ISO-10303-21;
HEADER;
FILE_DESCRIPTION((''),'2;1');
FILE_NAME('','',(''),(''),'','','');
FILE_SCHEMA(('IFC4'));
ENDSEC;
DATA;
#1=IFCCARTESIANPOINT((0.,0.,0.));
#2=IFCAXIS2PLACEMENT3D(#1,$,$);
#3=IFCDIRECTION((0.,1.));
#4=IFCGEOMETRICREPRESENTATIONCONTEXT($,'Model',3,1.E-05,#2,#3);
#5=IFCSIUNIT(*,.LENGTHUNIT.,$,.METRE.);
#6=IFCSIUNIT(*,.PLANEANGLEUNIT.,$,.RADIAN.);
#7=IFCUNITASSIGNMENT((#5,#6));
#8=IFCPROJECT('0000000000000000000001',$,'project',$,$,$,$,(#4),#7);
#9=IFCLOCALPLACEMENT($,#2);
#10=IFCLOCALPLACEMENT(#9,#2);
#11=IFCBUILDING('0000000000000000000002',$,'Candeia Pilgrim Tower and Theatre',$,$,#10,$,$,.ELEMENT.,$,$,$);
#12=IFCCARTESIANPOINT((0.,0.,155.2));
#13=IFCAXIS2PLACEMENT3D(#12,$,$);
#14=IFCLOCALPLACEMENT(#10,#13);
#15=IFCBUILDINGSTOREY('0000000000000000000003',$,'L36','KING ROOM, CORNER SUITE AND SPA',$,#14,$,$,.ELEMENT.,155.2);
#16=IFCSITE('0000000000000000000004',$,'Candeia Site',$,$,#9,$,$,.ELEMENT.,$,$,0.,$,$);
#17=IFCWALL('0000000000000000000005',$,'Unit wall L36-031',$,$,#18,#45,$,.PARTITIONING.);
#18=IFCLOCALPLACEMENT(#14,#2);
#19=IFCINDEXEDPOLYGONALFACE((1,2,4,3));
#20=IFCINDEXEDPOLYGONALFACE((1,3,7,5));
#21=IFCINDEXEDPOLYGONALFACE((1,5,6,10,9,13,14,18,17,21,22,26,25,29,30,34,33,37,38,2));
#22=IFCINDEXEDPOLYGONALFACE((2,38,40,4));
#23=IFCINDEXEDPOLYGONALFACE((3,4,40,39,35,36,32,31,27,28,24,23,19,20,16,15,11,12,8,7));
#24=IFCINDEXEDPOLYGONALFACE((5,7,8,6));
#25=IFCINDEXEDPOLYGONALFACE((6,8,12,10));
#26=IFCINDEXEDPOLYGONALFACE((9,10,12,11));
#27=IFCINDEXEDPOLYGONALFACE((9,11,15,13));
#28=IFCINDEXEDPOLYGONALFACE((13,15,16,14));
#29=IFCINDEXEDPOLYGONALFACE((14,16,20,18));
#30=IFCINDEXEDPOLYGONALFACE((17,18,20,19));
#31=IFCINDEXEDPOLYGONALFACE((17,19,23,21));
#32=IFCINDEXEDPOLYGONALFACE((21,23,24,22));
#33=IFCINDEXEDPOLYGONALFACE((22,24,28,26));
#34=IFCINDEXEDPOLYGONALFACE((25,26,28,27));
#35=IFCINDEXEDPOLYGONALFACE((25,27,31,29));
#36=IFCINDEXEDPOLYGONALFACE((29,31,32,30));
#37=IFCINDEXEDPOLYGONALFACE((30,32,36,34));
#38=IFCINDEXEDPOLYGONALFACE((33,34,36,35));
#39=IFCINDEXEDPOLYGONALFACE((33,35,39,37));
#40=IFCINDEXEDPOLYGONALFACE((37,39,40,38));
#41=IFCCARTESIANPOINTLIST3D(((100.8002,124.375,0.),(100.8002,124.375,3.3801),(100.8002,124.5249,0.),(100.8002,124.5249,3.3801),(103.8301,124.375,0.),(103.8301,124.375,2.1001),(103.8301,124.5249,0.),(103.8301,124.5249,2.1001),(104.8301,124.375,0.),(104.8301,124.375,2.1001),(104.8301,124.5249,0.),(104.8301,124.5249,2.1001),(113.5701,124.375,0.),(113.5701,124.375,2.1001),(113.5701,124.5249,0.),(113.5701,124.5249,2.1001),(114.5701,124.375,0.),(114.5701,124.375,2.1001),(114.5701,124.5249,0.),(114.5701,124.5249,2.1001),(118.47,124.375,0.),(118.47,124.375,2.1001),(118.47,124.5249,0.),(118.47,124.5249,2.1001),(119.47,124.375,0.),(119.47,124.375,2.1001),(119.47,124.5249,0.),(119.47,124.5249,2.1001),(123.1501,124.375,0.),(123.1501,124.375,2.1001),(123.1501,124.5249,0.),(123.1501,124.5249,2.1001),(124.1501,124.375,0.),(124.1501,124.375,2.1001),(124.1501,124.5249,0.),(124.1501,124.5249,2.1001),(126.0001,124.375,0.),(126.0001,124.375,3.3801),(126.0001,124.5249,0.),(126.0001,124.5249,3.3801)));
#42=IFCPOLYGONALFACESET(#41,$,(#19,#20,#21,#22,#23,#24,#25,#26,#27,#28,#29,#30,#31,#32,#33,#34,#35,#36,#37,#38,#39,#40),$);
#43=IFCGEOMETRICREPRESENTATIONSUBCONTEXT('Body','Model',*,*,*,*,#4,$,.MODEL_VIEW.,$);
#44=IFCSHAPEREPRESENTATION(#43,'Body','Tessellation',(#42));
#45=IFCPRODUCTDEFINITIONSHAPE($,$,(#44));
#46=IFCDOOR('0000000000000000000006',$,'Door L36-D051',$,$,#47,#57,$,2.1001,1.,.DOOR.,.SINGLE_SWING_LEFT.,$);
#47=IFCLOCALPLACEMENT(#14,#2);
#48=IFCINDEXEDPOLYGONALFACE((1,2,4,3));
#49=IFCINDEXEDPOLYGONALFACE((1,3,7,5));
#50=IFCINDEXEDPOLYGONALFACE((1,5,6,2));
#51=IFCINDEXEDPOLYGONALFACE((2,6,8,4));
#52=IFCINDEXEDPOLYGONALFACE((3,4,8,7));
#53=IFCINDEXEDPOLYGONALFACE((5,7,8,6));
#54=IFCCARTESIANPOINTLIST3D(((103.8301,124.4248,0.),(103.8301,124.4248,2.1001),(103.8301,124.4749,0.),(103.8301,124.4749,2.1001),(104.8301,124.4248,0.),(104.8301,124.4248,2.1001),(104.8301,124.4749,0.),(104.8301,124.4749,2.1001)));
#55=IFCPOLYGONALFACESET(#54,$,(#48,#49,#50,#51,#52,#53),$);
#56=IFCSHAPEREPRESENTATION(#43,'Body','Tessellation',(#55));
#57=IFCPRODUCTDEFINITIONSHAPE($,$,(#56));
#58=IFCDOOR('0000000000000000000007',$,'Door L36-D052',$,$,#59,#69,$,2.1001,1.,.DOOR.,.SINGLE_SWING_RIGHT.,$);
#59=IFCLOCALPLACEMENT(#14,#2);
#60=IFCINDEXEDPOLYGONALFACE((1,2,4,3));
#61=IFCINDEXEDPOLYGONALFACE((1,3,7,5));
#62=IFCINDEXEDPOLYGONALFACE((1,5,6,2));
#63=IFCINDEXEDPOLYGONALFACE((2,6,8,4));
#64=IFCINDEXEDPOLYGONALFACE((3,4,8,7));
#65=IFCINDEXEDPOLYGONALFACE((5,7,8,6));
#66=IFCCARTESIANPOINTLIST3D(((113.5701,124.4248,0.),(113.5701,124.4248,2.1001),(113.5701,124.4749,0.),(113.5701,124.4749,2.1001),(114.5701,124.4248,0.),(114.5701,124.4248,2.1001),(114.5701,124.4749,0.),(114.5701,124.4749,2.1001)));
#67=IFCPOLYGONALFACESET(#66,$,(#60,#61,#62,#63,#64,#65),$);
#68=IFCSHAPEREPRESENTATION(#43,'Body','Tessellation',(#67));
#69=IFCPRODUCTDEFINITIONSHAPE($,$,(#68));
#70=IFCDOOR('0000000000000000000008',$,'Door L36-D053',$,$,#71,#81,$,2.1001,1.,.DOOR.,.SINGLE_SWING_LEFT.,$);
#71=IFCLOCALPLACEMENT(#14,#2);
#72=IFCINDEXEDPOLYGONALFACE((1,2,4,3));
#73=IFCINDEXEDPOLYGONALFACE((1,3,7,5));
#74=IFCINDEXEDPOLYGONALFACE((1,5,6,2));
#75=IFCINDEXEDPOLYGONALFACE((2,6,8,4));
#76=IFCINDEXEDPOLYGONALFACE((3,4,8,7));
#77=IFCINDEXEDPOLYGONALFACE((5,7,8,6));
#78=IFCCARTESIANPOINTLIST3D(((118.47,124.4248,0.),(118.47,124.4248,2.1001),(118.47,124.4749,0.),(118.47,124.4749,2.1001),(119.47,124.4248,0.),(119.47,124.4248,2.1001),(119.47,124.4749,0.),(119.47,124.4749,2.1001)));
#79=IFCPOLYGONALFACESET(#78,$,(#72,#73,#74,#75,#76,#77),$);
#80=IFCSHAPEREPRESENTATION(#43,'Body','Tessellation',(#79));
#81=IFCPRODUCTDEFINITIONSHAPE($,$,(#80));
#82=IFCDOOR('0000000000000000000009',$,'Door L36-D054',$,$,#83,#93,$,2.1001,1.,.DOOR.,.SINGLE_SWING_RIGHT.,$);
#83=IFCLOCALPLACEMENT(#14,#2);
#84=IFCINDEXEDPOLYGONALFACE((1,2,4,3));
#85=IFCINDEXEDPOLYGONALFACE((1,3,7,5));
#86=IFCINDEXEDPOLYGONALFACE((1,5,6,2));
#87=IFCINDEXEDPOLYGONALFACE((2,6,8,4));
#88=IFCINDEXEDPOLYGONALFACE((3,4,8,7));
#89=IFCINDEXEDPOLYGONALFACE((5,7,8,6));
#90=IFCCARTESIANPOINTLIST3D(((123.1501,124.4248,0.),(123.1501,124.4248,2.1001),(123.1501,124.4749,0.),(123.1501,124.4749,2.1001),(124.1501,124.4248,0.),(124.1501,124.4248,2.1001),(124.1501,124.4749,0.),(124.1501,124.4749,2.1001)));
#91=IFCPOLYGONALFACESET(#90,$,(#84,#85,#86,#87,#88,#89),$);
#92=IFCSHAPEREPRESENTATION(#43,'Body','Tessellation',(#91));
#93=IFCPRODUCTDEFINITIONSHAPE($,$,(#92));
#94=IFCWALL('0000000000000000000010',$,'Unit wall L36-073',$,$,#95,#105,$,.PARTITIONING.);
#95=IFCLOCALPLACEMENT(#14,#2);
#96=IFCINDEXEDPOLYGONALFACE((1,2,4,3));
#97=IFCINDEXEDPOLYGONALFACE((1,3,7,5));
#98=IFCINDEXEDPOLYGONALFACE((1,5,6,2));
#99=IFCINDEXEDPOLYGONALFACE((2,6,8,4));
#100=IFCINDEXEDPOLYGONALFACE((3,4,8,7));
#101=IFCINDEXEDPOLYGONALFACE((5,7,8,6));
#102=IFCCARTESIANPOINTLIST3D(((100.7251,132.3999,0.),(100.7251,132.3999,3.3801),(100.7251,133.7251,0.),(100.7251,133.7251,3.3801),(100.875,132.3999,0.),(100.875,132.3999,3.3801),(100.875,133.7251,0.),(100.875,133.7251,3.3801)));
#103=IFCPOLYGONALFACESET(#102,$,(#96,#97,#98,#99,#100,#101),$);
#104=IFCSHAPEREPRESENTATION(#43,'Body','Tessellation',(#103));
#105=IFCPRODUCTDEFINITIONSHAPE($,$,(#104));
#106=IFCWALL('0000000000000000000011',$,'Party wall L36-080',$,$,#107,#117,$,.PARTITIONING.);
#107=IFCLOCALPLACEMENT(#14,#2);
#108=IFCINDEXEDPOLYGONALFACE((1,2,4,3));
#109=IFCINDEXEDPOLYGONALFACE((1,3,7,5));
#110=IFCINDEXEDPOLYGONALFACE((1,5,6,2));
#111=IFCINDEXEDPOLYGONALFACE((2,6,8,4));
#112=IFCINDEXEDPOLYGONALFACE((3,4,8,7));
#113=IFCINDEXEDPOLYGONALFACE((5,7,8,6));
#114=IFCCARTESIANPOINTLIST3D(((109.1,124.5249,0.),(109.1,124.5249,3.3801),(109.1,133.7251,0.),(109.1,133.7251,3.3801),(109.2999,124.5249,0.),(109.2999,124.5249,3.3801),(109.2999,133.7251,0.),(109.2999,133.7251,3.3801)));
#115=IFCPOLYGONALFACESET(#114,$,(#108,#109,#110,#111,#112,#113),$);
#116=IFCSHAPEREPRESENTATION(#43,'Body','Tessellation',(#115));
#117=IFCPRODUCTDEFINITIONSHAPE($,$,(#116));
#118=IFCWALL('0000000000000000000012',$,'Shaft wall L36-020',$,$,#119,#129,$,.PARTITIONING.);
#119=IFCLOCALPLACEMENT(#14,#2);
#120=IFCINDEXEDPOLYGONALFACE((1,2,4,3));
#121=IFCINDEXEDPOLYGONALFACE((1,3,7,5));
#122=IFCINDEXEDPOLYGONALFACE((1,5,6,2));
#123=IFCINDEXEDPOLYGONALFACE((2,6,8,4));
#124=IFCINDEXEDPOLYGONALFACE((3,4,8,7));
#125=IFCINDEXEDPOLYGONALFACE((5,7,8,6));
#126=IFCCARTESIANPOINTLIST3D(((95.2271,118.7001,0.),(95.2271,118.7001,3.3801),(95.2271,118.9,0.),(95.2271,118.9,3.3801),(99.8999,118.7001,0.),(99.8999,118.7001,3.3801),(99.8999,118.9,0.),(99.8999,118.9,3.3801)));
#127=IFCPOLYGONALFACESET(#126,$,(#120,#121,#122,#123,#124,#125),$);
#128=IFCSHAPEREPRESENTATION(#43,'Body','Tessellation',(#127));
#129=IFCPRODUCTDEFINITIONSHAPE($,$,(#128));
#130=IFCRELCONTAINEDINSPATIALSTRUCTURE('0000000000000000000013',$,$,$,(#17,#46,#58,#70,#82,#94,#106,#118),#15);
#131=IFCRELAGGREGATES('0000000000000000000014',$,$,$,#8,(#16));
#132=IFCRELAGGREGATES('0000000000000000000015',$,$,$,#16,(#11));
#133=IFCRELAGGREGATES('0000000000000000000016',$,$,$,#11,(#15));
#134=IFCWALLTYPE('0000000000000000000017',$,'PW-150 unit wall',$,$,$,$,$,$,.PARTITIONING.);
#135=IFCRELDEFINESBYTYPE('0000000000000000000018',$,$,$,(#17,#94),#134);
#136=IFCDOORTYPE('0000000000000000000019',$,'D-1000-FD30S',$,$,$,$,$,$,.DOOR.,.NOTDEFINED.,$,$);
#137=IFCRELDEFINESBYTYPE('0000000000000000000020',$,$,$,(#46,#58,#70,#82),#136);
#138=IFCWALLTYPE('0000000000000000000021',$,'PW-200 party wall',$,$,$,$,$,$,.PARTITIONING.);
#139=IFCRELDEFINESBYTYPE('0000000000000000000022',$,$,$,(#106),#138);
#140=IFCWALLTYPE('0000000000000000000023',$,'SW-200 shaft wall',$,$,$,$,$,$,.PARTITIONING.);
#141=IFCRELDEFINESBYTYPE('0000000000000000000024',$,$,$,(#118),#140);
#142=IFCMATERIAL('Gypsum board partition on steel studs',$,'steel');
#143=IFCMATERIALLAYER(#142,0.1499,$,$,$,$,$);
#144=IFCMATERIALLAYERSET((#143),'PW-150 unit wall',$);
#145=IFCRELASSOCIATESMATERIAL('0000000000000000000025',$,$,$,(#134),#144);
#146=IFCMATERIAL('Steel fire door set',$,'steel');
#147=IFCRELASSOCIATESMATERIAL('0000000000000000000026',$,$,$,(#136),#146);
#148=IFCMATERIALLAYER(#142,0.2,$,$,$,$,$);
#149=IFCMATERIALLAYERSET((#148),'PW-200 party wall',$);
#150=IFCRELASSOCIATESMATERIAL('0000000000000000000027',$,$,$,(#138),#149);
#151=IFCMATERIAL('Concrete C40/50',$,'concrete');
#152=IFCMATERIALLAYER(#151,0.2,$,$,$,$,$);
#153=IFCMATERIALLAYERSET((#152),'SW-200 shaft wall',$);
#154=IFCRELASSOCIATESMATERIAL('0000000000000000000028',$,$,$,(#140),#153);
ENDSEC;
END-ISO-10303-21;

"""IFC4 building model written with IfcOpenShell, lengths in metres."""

from ifc_helpers import new_model, si_unit, direction, frame, frame_2d, origin, place, context, subcontext, project, spatial, rectangle, extrude, material, layer, layer_set, type_object, element, fill, save


model = new_model("IFC4")

# Units and contexts
model_context = context("Model", 3, precision=1e-05, world=origin(), true_north=direction((0.0, 1.0)))
body_context = subcontext(model_context, "Body", "Model", "MODEL_VIEW")
ifc_project = project(units=[si_unit("LENGTHUNIT", "METRE"), si_unit("PLANEANGLEUNIT", "RADIAN")], contexts=[model_context])

# Site, building, storey
site_placement = place(None, origin())
site = spatial("IfcSite", under=ifc_project, at=site_placement, Name="Candeia Site", CompositionType="ELEMENT", RefElevation=0.0)
building_placement = place(site_placement, origin())
building = spatial("IfcBuilding", under=site, at=building_placement, Name="Candeia Pilgrim Tower and Theatre", CompositionType="ELEMENT")
storey_placement = place(building_placement, frame((0.0, 0.0, 155.2)))
storey = spatial("IfcBuildingStorey", under=building, at=storey_placement, Name="L36", Description="KING ROOM, CORNER SUITE AND SPA", CompositionType="ELEMENT", Elevation=155.2)

# Shared definitions
ifc_material_1 = material(Name="Steel fire door set", Category="steel")
ifc_material_2 = material(Name="Gypsum board partition on steel studs", Category="steel")

# Shared definitions
ifc_layer_1 = layer(ifc_material_2, 0.1499)
ifc_layer_set_1 = layer_set([ifc_layer_1], Name="PW-150 unit wall")
wall_type_1 = type_object("IfcWallType", Name="PW-150 unit wall", PredefinedType="PARTITIONING", material=ifc_layer_set_1)

# Wall, openings, doors
wall_1_placement = place(storey_placement, frame((100.8, 124.45, 0.0), z_axis=(0.0, 0.0, 1.0), x_axis=(1.0, 0.0, 0.0)))
wall_1 = element("IfcWall", 1, at=wall_1_placement, inside=storey, type_object=wall_type_1, Name="Unit wall L36-031", PredefinedType="PARTITIONING", context=body_context, shape_type="SweptSolid", body=[
    extrude(rectangle(XDim=25.2, YDim=0.1499, at=frame_2d((12.6001, 0.0))), origin(), (0.0, 0.0, 1.0), 3.3801),
])
opening_1_placement = place(wall_1_placement, frame((3.03, 0.0, 0.0)))
opening_1 = element("IfcOpeningElement", 2, at=opening_1_placement, cuts=wall_1, PredefinedType="OPENING", context=body_context, shape_type="SweptSolid", body=[
    extrude(rectangle(XDim=1.0, YDim=2.1001, at=frame_2d((0.5, 1.05))), frame((0.0, 0.085, 0.0), z_axis=(0.0, -1.0, 0.0), x_axis=(1.0, 0.0, 0.0)), (0.0, 0.0, 1.0), 0.1699),
])
opening_2_placement = place(wall_1_placement, frame((12.77, 0.0, 0.0)))
opening_2 = element("IfcOpeningElement", 3, at=opening_2_placement, cuts=wall_1, PredefinedType="OPENING", context=body_context, shape_type="SweptSolid", body=[
    extrude(rectangle(XDim=1.0, YDim=2.1001, at=frame_2d((0.5, 1.05))), frame((0.0, 0.085, 0.0), z_axis=(0.0, -1.0, 0.0), x_axis=(1.0, 0.0, 0.0)), (0.0, 0.0, 1.0), 0.1699),
])
opening_3_placement = place(wall_1_placement, frame((17.6699, 0.0, 0.0)))
opening_3 = element("IfcOpeningElement", 4, at=opening_3_placement, cuts=wall_1, PredefinedType="OPENING", context=body_context, shape_type="SweptSolid", body=[
    extrude(rectangle(XDim=1.0, YDim=2.1001, at=frame_2d((0.5, 1.05))), frame((0.0, 0.085, 0.0), z_axis=(0.0, -1.0, 0.0), x_axis=(1.0, 0.0, 0.0)), (0.0, 0.0, 1.0), 0.1699),
])
opening_4_placement = place(wall_1_placement, frame((22.3501, 0.0, 0.0)))
opening_4 = element("IfcOpeningElement", 5, at=opening_4_placement, cuts=wall_1, PredefinedType="OPENING", context=body_context, shape_type="SweptSolid", body=[
    extrude(rectangle(XDim=1.0, YDim=2.1001, at=frame_2d((0.5, 1.05))), frame((0.0, 0.085, 0.0), z_axis=(0.0, -1.0, 0.0), x_axis=(1.0, 0.0, 0.0)), (0.0, 0.0, 1.0), 0.1699),
])
door_type_1 = type_object("IfcDoorType", Name="D-1000-FD30S", OperationType="NOTDEFINED", PredefinedType="DOOR", material=ifc_material_1)
door_1_placement = place(opening_1_placement, origin())
door_1 = element("IfcDoor", 6, at=door_1_placement, inside=storey, type_object=door_type_1, Name="Door L36-D051", OperationType="SINGLE_SWING_LEFT", OverallHeight=2.1001, OverallWidth=1.0, PredefinedType="DOOR", context=body_context, shape_type="SweptSolid", body=[
    extrude(rectangle(XDim=1.0, YDim=2.1001, at=frame_2d((0.5, 1.05))), frame((0.0, 0.0249, 0.0), z_axis=(0.0, -1.0, 0.0), x_axis=(1.0, 0.0, 0.0)), (0.0, 0.0, 1.0), 0.05),
])
fill(opening_1, door_1)
door_2_placement = place(opening_2_placement, origin())
door_2 = element("IfcDoor", 7, at=door_2_placement, inside=storey, type_object=door_type_1, Name="Door L36-D052", OperationType="SINGLE_SWING_RIGHT", OverallHeight=2.1001, OverallWidth=1.0, PredefinedType="DOOR", context=body_context, shape_type="SweptSolid", body=[
    extrude(rectangle(XDim=1.0, YDim=2.1001, at=frame_2d((0.5, 1.05))), frame((0.0, 0.0249, 0.0), z_axis=(0.0, -1.0, 0.0), x_axis=(1.0, 0.0, 0.0)), (0.0, 0.0, 1.0), 0.05),
])
fill(opening_2, door_2)
door_3_placement = place(opening_3_placement, origin())
door_3 = element("IfcDoor", 8, at=door_3_placement, inside=storey, type_object=door_type_1, Name="Door L36-D053", OperationType="SINGLE_SWING_LEFT", OverallHeight=2.1001, OverallWidth=1.0, PredefinedType="DOOR", context=body_context, shape_type="SweptSolid", body=[
    extrude(rectangle(XDim=1.0, YDim=2.1001, at=frame_2d((0.5, 1.05))), frame((0.0, 0.0249, 0.0), z_axis=(0.0, -1.0, 0.0), x_axis=(1.0, 0.0, 0.0)), (0.0, 0.0, 1.0), 0.05),
])
fill(opening_3, door_3)
door_4_placement = place(opening_4_placement, origin())
door_4 = element("IfcDoor", 9, at=door_4_placement, inside=storey, type_object=door_type_1, Name="Door L36-D054", OperationType="SINGLE_SWING_RIGHT", OverallHeight=2.1001, OverallWidth=1.0, PredefinedType="DOOR", context=body_context, shape_type="SweptSolid", body=[
    extrude(rectangle(XDim=1.0, YDim=2.1001, at=frame_2d((0.5, 1.05))), frame((0.0, 0.0249, 0.0), z_axis=(0.0, -1.0, 0.0), x_axis=(1.0, 0.0, 0.0)), (0.0, 0.0, 1.0), 0.05),
])
fill(opening_4, door_4)

# Walls
wall_2_placement = place(storey_placement, frame((100.8, 132.3999, 0.0), z_axis=(0.0, 0.0, 1.0), x_axis=(0.0, 1.0, 0.0)))
element("IfcWall", 10, at=wall_2_placement, inside=storey, type_object=wall_type_1, Name="Unit wall L36-073", PredefinedType="PARTITIONING", context=body_context, shape_type="SweptSolid", body=[
    extrude(rectangle(XDim=1.3252, YDim=0.1499, at=frame_2d((0.6626, 0.0))), origin(), (0.0, 0.0, 1.0), 3.3801),
])
ifc_layer_2 = layer(ifc_material_2, 0.2)
ifc_layer_set_2 = layer_set([ifc_layer_2], Name="PW-200 party wall")
wall_type_2 = type_object("IfcWallType", Name="PW-200 party wall", PredefinedType="PARTITIONING", material=ifc_layer_set_2)
wall_3_placement = place(storey_placement, frame((109.2, 124.5249, 0.0), z_axis=(0.0, 0.0, 1.0), x_axis=(0.0, 1.0, 0.0)))
element("IfcWall", 11, at=wall_3_placement, inside=storey, type_object=wall_type_2, Name="Party wall L36-080", PredefinedType="PARTITIONING", context=body_context, shape_type="SweptSolid", body=[
    extrude(rectangle(XDim=9.2002, YDim=0.2, at=frame_2d((4.6001, 0.0))), origin(), (0.0, 0.0, 1.0), 3.3801),
])
ifc_material_3 = material(Name="Concrete C40/50", Category="concrete")
ifc_layer_3 = layer(ifc_material_3, 0.2)
ifc_layer_set_3 = layer_set([ifc_layer_3], Name="SW-200 shaft wall")
wall_type_3 = type_object("IfcWallType", Name="SW-200 shaft wall", PredefinedType="PARTITIONING", material=ifc_layer_set_3)
wall_4_placement = place(storey_placement, frame((95.2271, 118.8, 0.0), z_axis=(0.0, 0.0, 1.0), x_axis=(1.0, 0.0, 0.0)))
element("IfcWall", 12, at=wall_4_placement, inside=storey, type_object=wall_type_3, Name="Shaft wall L36-020", PredefinedType="PARTITIONING", context=body_context, shape_type="SweptSolid", body=[
    extrude(rectangle(XDim=4.6729, YDim=0.2, at=frame_2d((2.3364, 0.0))), origin(), (0.0, 0.0, 1.0), 3.3801),
])

save(model, "model.ifc")
